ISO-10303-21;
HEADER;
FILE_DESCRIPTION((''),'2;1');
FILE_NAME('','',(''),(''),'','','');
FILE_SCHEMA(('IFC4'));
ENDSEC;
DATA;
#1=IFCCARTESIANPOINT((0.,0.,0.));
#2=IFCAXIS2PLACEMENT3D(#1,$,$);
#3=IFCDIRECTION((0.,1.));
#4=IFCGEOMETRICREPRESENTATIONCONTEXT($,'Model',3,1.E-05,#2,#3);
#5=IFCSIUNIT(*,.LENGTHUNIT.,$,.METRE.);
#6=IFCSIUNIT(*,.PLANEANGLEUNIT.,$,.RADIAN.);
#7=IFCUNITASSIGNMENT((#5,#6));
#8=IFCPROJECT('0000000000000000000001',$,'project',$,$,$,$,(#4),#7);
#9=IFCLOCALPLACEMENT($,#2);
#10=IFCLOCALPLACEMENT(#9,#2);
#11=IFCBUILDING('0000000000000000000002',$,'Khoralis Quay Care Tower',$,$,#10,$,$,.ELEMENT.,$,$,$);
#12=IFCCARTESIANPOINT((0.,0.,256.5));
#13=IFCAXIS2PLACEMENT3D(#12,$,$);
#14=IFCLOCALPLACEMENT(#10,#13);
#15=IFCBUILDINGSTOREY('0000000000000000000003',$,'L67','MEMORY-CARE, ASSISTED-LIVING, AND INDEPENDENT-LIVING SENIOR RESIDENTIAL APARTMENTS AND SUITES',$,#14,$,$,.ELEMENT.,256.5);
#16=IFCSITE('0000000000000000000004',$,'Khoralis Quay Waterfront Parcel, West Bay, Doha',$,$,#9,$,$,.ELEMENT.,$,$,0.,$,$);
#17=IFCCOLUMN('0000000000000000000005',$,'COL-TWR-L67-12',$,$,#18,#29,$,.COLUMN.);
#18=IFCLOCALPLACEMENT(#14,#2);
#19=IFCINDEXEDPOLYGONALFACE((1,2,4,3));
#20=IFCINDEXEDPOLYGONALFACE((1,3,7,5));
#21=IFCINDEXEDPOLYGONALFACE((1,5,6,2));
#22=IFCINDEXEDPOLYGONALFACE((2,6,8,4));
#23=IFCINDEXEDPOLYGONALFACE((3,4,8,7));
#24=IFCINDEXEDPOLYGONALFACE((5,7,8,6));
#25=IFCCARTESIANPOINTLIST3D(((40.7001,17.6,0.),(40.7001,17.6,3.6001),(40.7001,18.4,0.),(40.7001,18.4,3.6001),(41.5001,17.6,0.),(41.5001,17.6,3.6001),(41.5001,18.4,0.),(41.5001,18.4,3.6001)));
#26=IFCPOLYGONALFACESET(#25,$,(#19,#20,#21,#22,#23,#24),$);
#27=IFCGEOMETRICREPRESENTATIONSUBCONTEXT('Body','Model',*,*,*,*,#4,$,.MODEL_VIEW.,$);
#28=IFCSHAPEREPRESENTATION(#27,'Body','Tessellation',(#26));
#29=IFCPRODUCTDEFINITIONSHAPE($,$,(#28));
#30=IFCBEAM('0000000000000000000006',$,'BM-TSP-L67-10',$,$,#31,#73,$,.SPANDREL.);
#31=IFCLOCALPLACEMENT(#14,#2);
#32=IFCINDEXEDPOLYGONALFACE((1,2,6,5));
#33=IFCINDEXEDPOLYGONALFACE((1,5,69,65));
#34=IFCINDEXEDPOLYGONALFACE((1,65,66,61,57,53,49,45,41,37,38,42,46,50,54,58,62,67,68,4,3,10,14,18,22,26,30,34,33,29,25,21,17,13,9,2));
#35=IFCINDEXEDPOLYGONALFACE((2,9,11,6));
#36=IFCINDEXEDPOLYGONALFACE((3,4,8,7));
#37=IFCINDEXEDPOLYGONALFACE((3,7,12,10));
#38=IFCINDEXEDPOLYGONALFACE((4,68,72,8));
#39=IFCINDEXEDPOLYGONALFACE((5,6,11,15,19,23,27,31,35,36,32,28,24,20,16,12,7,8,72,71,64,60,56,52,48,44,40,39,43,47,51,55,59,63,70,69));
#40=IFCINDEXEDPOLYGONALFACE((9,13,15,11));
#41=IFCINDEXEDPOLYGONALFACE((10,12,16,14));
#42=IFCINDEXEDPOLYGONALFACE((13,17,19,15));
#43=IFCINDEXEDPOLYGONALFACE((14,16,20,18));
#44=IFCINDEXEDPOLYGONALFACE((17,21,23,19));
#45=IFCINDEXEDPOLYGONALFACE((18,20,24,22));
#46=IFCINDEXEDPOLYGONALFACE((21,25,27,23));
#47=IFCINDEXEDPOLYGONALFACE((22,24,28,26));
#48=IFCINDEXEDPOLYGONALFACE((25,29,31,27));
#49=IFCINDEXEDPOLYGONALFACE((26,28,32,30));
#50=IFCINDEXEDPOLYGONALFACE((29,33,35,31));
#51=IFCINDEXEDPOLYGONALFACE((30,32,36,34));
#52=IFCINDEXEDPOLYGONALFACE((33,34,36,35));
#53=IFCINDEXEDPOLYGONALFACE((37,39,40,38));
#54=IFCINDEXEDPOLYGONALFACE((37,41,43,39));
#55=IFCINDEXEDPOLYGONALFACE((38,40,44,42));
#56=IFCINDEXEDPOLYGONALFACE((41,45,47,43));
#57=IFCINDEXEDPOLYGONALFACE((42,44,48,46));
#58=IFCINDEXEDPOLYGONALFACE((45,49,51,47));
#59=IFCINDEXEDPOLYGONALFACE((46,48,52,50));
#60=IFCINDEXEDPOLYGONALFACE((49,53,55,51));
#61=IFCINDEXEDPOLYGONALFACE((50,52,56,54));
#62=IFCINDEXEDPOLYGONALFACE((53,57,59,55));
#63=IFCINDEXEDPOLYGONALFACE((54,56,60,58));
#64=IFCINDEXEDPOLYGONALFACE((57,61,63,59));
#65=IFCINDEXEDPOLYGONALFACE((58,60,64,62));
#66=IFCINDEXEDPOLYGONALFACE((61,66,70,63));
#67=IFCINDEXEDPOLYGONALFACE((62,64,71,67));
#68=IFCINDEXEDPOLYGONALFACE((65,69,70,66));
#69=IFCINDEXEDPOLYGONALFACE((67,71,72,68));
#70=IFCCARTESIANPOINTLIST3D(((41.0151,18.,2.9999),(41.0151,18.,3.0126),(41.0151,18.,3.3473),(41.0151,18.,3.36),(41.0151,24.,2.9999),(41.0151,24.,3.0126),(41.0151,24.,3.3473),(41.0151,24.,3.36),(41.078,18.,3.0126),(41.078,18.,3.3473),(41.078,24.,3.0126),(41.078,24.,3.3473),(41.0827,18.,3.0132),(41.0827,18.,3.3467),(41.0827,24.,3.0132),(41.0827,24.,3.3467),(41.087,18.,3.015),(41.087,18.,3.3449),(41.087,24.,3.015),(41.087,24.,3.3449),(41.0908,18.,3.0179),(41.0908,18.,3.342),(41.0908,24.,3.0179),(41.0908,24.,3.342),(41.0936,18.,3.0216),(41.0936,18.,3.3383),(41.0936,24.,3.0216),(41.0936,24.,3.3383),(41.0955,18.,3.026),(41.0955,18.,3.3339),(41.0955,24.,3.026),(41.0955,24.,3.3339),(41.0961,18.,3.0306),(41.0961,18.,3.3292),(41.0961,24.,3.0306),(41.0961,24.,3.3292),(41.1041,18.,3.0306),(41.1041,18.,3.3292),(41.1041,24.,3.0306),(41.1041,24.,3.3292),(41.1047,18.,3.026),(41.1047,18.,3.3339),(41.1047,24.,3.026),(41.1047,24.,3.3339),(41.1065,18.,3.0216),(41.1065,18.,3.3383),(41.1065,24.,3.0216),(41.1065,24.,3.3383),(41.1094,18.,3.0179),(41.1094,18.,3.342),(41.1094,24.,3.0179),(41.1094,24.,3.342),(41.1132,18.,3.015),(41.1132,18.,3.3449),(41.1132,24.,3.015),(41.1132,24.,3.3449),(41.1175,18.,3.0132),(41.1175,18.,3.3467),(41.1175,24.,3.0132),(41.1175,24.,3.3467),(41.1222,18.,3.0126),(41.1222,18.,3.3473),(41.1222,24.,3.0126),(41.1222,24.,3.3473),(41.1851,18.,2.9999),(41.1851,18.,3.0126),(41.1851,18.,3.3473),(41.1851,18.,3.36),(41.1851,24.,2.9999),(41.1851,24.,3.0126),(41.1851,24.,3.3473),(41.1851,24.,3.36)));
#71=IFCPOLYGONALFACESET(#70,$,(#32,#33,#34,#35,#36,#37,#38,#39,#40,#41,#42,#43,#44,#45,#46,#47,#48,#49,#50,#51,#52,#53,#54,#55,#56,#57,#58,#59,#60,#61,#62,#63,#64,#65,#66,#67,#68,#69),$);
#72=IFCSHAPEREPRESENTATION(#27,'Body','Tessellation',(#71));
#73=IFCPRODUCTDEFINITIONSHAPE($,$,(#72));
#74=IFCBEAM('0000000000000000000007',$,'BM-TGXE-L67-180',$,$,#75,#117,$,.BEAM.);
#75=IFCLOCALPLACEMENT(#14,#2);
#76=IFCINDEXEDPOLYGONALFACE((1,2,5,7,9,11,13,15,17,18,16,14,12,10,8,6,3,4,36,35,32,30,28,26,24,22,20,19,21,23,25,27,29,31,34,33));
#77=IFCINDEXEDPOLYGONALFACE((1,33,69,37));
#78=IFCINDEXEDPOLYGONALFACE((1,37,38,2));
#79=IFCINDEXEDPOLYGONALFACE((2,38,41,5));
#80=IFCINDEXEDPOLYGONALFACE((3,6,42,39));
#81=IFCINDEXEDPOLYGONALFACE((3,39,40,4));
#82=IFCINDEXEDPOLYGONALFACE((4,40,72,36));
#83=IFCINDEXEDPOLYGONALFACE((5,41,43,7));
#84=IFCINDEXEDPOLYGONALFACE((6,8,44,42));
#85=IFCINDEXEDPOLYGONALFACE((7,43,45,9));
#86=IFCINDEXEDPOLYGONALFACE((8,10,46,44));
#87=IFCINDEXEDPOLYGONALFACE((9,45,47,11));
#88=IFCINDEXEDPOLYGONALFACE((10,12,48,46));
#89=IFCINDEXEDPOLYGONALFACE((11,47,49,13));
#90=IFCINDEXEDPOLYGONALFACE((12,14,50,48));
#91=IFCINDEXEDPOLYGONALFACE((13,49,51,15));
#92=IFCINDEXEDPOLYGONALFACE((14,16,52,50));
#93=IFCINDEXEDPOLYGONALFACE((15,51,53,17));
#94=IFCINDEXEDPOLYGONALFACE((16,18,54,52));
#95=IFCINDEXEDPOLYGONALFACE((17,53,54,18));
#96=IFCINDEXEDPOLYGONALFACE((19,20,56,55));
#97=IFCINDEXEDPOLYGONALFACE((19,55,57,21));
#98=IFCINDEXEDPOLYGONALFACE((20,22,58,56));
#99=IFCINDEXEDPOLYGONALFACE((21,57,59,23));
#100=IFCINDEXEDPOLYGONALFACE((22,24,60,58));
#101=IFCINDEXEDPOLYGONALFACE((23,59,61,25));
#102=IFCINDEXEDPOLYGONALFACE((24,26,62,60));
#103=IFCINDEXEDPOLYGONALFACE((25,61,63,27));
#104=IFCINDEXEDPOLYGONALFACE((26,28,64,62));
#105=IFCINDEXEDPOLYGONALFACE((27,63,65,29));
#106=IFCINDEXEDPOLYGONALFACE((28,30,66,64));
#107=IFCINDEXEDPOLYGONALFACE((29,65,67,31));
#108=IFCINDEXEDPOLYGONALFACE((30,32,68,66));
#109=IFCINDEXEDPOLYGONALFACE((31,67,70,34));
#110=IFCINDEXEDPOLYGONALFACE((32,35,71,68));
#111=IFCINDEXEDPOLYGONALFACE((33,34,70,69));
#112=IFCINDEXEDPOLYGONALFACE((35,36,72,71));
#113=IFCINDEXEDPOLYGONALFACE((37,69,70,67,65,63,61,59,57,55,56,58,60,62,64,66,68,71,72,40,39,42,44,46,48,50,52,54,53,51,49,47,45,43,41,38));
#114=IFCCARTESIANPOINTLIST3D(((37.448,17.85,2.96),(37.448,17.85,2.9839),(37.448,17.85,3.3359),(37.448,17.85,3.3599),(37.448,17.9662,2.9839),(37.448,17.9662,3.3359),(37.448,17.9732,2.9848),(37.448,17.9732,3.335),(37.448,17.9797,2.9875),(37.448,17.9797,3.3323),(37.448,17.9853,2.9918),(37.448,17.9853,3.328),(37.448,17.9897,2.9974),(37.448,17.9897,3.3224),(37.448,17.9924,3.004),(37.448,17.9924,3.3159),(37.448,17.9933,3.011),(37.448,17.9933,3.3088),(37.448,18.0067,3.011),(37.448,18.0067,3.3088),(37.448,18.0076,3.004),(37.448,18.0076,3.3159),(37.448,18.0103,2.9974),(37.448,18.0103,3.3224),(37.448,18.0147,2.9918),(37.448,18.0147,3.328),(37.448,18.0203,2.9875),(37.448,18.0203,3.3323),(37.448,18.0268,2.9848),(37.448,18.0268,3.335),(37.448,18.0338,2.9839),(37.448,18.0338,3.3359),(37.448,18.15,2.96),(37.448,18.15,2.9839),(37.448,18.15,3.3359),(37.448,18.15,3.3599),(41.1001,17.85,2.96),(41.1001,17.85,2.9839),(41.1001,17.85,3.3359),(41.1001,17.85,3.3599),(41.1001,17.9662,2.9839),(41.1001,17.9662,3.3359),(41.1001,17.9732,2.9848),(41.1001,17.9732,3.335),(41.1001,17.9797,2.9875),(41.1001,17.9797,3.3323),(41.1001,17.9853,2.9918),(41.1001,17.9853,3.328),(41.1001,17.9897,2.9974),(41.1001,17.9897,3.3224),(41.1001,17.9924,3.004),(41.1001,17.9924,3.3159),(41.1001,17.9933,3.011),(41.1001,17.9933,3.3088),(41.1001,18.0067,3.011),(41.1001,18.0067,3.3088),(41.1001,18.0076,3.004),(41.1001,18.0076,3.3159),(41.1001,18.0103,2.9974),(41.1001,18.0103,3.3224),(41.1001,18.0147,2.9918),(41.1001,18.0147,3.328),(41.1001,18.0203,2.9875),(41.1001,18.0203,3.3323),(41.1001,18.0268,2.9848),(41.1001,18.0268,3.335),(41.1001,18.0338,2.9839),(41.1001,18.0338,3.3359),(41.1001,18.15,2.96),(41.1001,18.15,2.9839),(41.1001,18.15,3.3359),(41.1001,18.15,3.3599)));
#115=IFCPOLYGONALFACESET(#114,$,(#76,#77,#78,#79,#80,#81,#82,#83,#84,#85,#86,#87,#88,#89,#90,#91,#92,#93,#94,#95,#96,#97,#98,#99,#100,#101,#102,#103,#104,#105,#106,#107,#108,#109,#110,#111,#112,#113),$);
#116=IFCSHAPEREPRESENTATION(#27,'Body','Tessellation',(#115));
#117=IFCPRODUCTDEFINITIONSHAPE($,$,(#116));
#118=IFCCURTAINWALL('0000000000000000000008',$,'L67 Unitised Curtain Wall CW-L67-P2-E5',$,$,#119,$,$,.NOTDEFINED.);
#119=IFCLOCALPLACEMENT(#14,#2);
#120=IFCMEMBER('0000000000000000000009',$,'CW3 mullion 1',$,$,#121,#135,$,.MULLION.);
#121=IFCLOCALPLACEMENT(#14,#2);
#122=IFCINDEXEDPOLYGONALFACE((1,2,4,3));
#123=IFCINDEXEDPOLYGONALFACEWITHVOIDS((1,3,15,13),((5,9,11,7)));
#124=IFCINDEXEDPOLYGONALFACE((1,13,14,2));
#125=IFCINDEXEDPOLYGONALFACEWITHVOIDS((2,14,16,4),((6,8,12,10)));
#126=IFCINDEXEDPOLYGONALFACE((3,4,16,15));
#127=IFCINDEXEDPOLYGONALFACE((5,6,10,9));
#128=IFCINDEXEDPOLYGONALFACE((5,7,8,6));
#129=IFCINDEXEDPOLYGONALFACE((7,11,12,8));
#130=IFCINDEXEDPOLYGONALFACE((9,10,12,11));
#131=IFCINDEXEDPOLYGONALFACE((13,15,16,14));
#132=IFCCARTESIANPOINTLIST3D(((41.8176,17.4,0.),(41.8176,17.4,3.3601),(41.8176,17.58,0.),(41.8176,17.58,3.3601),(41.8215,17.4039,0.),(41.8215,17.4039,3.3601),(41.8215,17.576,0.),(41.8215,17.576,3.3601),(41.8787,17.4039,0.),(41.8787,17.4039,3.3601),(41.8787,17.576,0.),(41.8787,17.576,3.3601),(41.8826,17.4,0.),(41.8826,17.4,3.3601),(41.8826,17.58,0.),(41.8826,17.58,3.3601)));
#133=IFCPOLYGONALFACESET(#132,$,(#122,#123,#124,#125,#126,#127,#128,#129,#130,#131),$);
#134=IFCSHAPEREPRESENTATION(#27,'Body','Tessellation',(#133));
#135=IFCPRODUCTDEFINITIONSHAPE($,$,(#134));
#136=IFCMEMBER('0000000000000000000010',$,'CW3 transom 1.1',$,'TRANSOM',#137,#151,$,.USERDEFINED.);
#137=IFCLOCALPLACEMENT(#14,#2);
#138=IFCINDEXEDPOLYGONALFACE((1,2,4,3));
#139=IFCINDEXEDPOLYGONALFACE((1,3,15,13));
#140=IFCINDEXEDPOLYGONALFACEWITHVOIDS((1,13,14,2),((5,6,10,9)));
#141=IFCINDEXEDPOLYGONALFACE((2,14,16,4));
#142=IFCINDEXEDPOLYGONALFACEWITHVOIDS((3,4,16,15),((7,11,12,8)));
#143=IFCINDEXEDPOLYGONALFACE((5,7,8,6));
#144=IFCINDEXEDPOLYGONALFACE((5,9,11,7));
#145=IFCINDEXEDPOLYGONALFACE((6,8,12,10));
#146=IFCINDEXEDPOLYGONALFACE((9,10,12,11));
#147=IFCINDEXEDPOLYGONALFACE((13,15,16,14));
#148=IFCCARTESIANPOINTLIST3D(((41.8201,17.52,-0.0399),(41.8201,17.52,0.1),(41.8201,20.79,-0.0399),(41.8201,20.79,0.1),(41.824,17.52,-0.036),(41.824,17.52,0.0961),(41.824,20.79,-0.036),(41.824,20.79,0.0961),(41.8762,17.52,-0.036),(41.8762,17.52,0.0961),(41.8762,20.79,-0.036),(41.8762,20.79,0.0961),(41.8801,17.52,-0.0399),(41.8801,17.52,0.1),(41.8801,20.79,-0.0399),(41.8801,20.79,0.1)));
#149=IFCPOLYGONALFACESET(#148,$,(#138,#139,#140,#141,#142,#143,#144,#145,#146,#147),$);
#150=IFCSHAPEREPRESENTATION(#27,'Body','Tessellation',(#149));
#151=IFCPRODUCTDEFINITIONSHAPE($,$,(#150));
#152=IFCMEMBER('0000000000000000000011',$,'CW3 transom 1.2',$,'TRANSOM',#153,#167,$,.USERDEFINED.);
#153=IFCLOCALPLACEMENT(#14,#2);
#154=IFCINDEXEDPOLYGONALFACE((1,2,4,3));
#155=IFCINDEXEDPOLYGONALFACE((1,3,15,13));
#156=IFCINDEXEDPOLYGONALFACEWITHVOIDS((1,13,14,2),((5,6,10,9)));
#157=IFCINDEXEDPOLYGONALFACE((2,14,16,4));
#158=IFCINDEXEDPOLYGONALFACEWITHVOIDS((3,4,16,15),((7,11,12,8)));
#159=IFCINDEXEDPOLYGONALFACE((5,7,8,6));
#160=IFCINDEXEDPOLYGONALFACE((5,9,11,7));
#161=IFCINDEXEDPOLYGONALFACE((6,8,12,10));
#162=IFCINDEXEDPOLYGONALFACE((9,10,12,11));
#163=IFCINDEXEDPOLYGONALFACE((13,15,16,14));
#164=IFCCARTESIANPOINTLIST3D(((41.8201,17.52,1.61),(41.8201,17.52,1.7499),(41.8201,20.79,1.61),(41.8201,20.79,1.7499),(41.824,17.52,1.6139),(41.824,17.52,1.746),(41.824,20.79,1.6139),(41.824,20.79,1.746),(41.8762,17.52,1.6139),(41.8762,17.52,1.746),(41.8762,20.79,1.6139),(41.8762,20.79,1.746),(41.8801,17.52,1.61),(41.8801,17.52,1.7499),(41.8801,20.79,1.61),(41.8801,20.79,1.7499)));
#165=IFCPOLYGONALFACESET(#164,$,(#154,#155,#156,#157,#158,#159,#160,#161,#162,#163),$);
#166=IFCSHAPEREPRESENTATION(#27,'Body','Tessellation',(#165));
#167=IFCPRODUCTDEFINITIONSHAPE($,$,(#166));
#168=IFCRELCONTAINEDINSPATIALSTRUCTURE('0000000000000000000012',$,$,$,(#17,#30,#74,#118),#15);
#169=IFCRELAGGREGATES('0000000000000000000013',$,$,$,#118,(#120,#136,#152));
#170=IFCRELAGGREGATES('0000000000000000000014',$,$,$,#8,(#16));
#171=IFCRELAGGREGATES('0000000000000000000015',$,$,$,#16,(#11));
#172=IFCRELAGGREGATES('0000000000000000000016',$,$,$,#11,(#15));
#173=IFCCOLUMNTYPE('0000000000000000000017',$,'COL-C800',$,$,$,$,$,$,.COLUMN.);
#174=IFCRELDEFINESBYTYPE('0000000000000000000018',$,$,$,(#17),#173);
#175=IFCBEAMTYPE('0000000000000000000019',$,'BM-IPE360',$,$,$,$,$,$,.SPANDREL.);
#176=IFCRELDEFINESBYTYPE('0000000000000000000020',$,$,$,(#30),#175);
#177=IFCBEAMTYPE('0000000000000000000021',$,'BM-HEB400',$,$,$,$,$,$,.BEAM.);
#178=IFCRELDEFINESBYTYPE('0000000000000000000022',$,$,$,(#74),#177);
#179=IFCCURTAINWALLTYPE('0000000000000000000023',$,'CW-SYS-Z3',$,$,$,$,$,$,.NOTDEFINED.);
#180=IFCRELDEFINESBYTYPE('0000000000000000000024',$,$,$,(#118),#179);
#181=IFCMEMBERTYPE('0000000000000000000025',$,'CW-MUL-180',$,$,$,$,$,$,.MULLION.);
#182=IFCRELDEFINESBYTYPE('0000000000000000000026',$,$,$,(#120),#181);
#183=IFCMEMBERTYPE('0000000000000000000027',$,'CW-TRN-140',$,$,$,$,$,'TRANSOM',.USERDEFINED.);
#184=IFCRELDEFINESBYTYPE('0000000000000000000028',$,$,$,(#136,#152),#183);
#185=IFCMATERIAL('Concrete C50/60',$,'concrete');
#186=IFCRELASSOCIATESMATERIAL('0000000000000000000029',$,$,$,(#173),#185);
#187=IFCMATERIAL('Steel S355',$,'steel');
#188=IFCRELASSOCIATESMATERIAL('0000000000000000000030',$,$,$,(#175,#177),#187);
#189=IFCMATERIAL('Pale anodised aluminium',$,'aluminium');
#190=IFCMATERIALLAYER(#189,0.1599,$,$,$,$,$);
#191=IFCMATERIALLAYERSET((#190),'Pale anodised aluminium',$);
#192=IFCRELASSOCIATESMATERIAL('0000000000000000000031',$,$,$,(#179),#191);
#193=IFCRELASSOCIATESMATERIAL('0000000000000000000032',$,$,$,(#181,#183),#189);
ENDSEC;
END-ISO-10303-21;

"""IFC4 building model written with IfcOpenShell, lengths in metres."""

from ifc_helpers import new_model, si_unit, direction, frame, origin, origin_2d, place, context, subcontext, project, spatial, rectangle, hollow_rectangle, i_section, extrude, source, transform, mapped, material, layer, layer_set, material_profile, profile_set, type_object, element, aggregate, save


model = new_model("IFC4")

# Units and contexts
model_context = context("Model", 3, precision=1e-05, world=origin(), true_north=direction((0.0, 1.0)))
body_context = subcontext(model_context, "Body", "Model", "MODEL_VIEW")
ifc_project = project(units=[si_unit("LENGTHUNIT", "METRE"), si_unit("PLANEANGLEUNIT", "RADIAN")], contexts=[model_context])

# Site, building, storey
site_placement = place(None, origin())
site = spatial("IfcSite", under=ifc_project, at=site_placement, Name="Khoralis Quay Waterfront Parcel, West Bay, Doha", CompositionType="ELEMENT", RefElevation=0.0)
building_placement = place(site_placement, origin())
building = spatial("IfcBuilding", under=site, at=building_placement, Name="Khoralis Quay Care Tower", CompositionType="ELEMENT")
storey_placement = place(building_placement, frame((0.0, 0.0, 256.5)))
storey = spatial("IfcBuildingStorey", under=building, at=storey_placement, Name="L67", Description="MEMORY-CARE, ASSISTED-LIVING, AND INDEPENDENT-LIVING SENIOR RESIDENTIAL APARTMENTS AND SUITES", CompositionType="ELEMENT", Elevation=256.5)

# Column
ifc_material_1 = material(Name="Concrete C50/60", Category="concrete")
ifc_material_profile_1 = material_profile(ifc_material_1, rectangle(XDim=0.8, YDim=0.8, at=origin_2d()), Name="Concrete C50/60")
ifc_profile_set_1 = profile_set([ifc_material_profile_1], Name="Concrete C50/60")
column_type = type_object("IfcColumnType", Name="COL-C800", PredefinedType="COLUMN", material=ifc_profile_set_1)
shared_shape_1 = source(origin(), body_context, "Body", "SweptSolid", [
    extrude(rectangle(XDim=0.8, YDim=0.8, at=origin_2d()), origin(), (0.0, 0.0, 1.0), 3.6001),
])
column_placement = place(storey_placement, frame((41.1001, 18.0, 0.0), z_axis=(0.0, 0.0, 1.0), x_axis=(1.0, 0.0, 0.0)))
element("IfcColumn", 1, at=column_placement, inside=storey, type_object=column_type, Name="COL-TWR-L67-12", PredefinedType="COLUMN", context=body_context, shape_type="MappedRepresentation", body=[
    mapped(shared_shape_1, transform((0.0, 0.0, 0.0), scale=1.0)),
])

# Beams
ifc_material_2 = material(Name="Steel S355", Category="steel")
ifc_material_profile_2 = material_profile(ifc_material_2, i_section(OverallWidth=0.1699, OverallDepth=0.3601, WebThickness=0.0081, FlangeThickness=0.0127, FilletRadius=0.0181, at=origin_2d()), Name="Steel S355")
ifc_profile_set_2 = profile_set([ifc_material_profile_2], Name="Steel S355")
beam_type_1 = type_object("IfcBeamType", Name="BM-IPE360", PredefinedType="SPANDREL", material=ifc_profile_set_2)
shared_shape_2 = source(origin(), body_context, "Body", "SweptSolid", [
    extrude(i_section(OverallWidth=0.1699, OverallDepth=0.3601, WebThickness=0.0081, FlangeThickness=0.0127, FilletRadius=0.0181, at=origin_2d()), origin(), (0.0, 0.0, 1.0), 6.0),
])
beam_1_placement = place(storey_placement, frame((41.1001, 18.0, 3.1799), z_axis=(0.0, 1.0, 0.0), x_axis=(-1.0, 0.0, 0.0)))
element("IfcBeam", 2, at=beam_1_placement, inside=storey, type_object=beam_type_1, Name="BM-TSP-L67-10", PredefinedType="SPANDREL", context=body_context, shape_type="MappedRepresentation", body=[
    mapped(shared_shape_2, transform((0.0, 0.0, 0.0), scale=1.0)),
])
ifc_material_profile_3 = material_profile(ifc_material_2, i_section(OverallWidth=0.3, OverallDepth=0.3999, WebThickness=0.0134, FlangeThickness=0.0239, FilletRadius=0.0271, at=origin_2d()), Name="Steel S355")
ifc_profile_set_3 = profile_set([ifc_material_profile_3], Name="Steel S355")
beam_type_2 = type_object("IfcBeamType", Name="BM-HEB400", PredefinedType="BEAM", material=ifc_profile_set_3)
shared_shape_3 = source(origin(), body_context, "Body", "SweptSolid", [
    extrude(i_section(OverallWidth=0.3, OverallDepth=0.3999, WebThickness=0.0134, FlangeThickness=0.0239, FilletRadius=0.0271, at=origin_2d()), origin(), (0.0, 0.0, 1.0), 3.6521),
])
beam_2_placement = place(storey_placement, frame((37.448, 18.0, 3.1599), z_axis=(1.0, 0.0, 0.0), x_axis=(0.0, 1.0, 0.0)))
element("IfcBeam", 3, at=beam_2_placement, inside=storey, type_object=beam_type_2, Name="BM-TGXE-L67-180", PredefinedType="BEAM", context=body_context, shape_type="MappedRepresentation", body=[
    mapped(shared_shape_3, transform((0.0, 0.0, 0.0), scale=1.0)),
])

# Curtain wall, members
ifc_material_3 = material(Name="Pale anodised aluminium", Category="aluminium")
ifc_layer_1 = layer(ifc_material_3, 0.1599)
ifc_layer_set_1 = layer_set([ifc_layer_1], Name="Pale anodised aluminium")
curtain_wall_type = type_object("IfcCurtainWallType", Name="CW-SYS-Z3", PredefinedType="NOTDEFINED", material=ifc_layer_set_1)
curtain_wall_placement = place(storey_placement, origin())
curtain_wall = element("IfcCurtainWall", 4, at=curtain_wall_placement, inside=storey, type_object=curtain_wall_type, Name="L67 Unitised Curtain Wall CW-L67-P2-E5", PredefinedType="NOTDEFINED")
ifc_material_profile_4 = material_profile(ifc_material_3, hollow_rectangle(XDim=0.0649, YDim=0.1799, WallThickness=0.0039, at=origin_2d()), Name="Pale anodised aluminium")
ifc_profile_set_4 = profile_set([ifc_material_profile_4], Name="Pale anodised aluminium")
member_type_1 = type_object("IfcMemberType", Name="CW-MUL-180", PredefinedType="MULLION", material=ifc_profile_set_4)
shared_shape_4 = source(origin(), body_context, "Body", "SweptSolid", [
    extrude(hollow_rectangle(XDim=0.0649, YDim=0.1799, WallThickness=0.0039, at=origin_2d()), origin(), (0.0, 0.0, 1.0), 3.3601),
])
member_1_placement = place(storey_placement, frame((41.8501, 17.49, 0.0), z_axis=(0.0, 0.0, 1.0), x_axis=(-1.0, 0.0, 0.0)))
member_1 = element("IfcMember", 5, at=member_1_placement, type_object=member_type_1, Name="CW3 mullion 1", PredefinedType="MULLION", context=body_context, shape_type="MappedRepresentation", body=[
    mapped(shared_shape_4, transform((0.0, 0.0, 0.0), scale=1.0)),
])
ifc_material_profile_5 = material_profile(ifc_material_3, hollow_rectangle(XDim=0.0601, YDim=0.1399, WallThickness=0.0039, at=origin_2d()), Name="Pale anodised aluminium")
ifc_profile_set_5 = profile_set([ifc_material_profile_5], Name="Pale anodised aluminium")
member_type_2 = type_object("IfcMemberType", Name="CW-TRN-140", ElementType="TRANSOM", PredefinedType="USERDEFINED", material=ifc_profile_set_5)
shared_shape_5 = source(origin(), body_context, "Body", "SweptSolid", [
    extrude(hollow_rectangle(XDim=0.0601, YDim=0.1399, WallThickness=0.0039, at=origin_2d()), origin(), (0.0, 0.0, 1.0), 3.27),
])
member_2_placement = place(storey_placement, frame((41.8501, 17.52, 0.03), z_axis=(0.0, 1.0, 0.0), x_axis=(-1.0, 0.0, 0.0)))
member_2 = element("IfcMember", 6, at=member_2_placement, type_object=member_type_2, Name="CW3 transom 1.1", ObjectType="TRANSOM", PredefinedType="USERDEFINED", context=body_context, shape_type="MappedRepresentation", body=[
    mapped(shared_shape_5, transform((0.0, 0.0, 0.0), scale=1.0)),
])
member_3_placement = place(storey_placement, frame((41.8501, 17.52, 1.6799), z_axis=(0.0, 1.0, 0.0), x_axis=(-1.0, 0.0, 0.0)))
member_3 = element("IfcMember", 7, at=member_3_placement, type_object=member_type_2, Name="CW3 transom 1.2", ObjectType="TRANSOM", PredefinedType="USERDEFINED", context=body_context, shape_type="MappedRepresentation", body=[
    mapped(shared_shape_5, transform((0.0, 0.0, 0.0), scale=1.0)),
])
aggregate(curtain_wall, [member_1, member_2, member_3])

save(model, "model.ifc")
